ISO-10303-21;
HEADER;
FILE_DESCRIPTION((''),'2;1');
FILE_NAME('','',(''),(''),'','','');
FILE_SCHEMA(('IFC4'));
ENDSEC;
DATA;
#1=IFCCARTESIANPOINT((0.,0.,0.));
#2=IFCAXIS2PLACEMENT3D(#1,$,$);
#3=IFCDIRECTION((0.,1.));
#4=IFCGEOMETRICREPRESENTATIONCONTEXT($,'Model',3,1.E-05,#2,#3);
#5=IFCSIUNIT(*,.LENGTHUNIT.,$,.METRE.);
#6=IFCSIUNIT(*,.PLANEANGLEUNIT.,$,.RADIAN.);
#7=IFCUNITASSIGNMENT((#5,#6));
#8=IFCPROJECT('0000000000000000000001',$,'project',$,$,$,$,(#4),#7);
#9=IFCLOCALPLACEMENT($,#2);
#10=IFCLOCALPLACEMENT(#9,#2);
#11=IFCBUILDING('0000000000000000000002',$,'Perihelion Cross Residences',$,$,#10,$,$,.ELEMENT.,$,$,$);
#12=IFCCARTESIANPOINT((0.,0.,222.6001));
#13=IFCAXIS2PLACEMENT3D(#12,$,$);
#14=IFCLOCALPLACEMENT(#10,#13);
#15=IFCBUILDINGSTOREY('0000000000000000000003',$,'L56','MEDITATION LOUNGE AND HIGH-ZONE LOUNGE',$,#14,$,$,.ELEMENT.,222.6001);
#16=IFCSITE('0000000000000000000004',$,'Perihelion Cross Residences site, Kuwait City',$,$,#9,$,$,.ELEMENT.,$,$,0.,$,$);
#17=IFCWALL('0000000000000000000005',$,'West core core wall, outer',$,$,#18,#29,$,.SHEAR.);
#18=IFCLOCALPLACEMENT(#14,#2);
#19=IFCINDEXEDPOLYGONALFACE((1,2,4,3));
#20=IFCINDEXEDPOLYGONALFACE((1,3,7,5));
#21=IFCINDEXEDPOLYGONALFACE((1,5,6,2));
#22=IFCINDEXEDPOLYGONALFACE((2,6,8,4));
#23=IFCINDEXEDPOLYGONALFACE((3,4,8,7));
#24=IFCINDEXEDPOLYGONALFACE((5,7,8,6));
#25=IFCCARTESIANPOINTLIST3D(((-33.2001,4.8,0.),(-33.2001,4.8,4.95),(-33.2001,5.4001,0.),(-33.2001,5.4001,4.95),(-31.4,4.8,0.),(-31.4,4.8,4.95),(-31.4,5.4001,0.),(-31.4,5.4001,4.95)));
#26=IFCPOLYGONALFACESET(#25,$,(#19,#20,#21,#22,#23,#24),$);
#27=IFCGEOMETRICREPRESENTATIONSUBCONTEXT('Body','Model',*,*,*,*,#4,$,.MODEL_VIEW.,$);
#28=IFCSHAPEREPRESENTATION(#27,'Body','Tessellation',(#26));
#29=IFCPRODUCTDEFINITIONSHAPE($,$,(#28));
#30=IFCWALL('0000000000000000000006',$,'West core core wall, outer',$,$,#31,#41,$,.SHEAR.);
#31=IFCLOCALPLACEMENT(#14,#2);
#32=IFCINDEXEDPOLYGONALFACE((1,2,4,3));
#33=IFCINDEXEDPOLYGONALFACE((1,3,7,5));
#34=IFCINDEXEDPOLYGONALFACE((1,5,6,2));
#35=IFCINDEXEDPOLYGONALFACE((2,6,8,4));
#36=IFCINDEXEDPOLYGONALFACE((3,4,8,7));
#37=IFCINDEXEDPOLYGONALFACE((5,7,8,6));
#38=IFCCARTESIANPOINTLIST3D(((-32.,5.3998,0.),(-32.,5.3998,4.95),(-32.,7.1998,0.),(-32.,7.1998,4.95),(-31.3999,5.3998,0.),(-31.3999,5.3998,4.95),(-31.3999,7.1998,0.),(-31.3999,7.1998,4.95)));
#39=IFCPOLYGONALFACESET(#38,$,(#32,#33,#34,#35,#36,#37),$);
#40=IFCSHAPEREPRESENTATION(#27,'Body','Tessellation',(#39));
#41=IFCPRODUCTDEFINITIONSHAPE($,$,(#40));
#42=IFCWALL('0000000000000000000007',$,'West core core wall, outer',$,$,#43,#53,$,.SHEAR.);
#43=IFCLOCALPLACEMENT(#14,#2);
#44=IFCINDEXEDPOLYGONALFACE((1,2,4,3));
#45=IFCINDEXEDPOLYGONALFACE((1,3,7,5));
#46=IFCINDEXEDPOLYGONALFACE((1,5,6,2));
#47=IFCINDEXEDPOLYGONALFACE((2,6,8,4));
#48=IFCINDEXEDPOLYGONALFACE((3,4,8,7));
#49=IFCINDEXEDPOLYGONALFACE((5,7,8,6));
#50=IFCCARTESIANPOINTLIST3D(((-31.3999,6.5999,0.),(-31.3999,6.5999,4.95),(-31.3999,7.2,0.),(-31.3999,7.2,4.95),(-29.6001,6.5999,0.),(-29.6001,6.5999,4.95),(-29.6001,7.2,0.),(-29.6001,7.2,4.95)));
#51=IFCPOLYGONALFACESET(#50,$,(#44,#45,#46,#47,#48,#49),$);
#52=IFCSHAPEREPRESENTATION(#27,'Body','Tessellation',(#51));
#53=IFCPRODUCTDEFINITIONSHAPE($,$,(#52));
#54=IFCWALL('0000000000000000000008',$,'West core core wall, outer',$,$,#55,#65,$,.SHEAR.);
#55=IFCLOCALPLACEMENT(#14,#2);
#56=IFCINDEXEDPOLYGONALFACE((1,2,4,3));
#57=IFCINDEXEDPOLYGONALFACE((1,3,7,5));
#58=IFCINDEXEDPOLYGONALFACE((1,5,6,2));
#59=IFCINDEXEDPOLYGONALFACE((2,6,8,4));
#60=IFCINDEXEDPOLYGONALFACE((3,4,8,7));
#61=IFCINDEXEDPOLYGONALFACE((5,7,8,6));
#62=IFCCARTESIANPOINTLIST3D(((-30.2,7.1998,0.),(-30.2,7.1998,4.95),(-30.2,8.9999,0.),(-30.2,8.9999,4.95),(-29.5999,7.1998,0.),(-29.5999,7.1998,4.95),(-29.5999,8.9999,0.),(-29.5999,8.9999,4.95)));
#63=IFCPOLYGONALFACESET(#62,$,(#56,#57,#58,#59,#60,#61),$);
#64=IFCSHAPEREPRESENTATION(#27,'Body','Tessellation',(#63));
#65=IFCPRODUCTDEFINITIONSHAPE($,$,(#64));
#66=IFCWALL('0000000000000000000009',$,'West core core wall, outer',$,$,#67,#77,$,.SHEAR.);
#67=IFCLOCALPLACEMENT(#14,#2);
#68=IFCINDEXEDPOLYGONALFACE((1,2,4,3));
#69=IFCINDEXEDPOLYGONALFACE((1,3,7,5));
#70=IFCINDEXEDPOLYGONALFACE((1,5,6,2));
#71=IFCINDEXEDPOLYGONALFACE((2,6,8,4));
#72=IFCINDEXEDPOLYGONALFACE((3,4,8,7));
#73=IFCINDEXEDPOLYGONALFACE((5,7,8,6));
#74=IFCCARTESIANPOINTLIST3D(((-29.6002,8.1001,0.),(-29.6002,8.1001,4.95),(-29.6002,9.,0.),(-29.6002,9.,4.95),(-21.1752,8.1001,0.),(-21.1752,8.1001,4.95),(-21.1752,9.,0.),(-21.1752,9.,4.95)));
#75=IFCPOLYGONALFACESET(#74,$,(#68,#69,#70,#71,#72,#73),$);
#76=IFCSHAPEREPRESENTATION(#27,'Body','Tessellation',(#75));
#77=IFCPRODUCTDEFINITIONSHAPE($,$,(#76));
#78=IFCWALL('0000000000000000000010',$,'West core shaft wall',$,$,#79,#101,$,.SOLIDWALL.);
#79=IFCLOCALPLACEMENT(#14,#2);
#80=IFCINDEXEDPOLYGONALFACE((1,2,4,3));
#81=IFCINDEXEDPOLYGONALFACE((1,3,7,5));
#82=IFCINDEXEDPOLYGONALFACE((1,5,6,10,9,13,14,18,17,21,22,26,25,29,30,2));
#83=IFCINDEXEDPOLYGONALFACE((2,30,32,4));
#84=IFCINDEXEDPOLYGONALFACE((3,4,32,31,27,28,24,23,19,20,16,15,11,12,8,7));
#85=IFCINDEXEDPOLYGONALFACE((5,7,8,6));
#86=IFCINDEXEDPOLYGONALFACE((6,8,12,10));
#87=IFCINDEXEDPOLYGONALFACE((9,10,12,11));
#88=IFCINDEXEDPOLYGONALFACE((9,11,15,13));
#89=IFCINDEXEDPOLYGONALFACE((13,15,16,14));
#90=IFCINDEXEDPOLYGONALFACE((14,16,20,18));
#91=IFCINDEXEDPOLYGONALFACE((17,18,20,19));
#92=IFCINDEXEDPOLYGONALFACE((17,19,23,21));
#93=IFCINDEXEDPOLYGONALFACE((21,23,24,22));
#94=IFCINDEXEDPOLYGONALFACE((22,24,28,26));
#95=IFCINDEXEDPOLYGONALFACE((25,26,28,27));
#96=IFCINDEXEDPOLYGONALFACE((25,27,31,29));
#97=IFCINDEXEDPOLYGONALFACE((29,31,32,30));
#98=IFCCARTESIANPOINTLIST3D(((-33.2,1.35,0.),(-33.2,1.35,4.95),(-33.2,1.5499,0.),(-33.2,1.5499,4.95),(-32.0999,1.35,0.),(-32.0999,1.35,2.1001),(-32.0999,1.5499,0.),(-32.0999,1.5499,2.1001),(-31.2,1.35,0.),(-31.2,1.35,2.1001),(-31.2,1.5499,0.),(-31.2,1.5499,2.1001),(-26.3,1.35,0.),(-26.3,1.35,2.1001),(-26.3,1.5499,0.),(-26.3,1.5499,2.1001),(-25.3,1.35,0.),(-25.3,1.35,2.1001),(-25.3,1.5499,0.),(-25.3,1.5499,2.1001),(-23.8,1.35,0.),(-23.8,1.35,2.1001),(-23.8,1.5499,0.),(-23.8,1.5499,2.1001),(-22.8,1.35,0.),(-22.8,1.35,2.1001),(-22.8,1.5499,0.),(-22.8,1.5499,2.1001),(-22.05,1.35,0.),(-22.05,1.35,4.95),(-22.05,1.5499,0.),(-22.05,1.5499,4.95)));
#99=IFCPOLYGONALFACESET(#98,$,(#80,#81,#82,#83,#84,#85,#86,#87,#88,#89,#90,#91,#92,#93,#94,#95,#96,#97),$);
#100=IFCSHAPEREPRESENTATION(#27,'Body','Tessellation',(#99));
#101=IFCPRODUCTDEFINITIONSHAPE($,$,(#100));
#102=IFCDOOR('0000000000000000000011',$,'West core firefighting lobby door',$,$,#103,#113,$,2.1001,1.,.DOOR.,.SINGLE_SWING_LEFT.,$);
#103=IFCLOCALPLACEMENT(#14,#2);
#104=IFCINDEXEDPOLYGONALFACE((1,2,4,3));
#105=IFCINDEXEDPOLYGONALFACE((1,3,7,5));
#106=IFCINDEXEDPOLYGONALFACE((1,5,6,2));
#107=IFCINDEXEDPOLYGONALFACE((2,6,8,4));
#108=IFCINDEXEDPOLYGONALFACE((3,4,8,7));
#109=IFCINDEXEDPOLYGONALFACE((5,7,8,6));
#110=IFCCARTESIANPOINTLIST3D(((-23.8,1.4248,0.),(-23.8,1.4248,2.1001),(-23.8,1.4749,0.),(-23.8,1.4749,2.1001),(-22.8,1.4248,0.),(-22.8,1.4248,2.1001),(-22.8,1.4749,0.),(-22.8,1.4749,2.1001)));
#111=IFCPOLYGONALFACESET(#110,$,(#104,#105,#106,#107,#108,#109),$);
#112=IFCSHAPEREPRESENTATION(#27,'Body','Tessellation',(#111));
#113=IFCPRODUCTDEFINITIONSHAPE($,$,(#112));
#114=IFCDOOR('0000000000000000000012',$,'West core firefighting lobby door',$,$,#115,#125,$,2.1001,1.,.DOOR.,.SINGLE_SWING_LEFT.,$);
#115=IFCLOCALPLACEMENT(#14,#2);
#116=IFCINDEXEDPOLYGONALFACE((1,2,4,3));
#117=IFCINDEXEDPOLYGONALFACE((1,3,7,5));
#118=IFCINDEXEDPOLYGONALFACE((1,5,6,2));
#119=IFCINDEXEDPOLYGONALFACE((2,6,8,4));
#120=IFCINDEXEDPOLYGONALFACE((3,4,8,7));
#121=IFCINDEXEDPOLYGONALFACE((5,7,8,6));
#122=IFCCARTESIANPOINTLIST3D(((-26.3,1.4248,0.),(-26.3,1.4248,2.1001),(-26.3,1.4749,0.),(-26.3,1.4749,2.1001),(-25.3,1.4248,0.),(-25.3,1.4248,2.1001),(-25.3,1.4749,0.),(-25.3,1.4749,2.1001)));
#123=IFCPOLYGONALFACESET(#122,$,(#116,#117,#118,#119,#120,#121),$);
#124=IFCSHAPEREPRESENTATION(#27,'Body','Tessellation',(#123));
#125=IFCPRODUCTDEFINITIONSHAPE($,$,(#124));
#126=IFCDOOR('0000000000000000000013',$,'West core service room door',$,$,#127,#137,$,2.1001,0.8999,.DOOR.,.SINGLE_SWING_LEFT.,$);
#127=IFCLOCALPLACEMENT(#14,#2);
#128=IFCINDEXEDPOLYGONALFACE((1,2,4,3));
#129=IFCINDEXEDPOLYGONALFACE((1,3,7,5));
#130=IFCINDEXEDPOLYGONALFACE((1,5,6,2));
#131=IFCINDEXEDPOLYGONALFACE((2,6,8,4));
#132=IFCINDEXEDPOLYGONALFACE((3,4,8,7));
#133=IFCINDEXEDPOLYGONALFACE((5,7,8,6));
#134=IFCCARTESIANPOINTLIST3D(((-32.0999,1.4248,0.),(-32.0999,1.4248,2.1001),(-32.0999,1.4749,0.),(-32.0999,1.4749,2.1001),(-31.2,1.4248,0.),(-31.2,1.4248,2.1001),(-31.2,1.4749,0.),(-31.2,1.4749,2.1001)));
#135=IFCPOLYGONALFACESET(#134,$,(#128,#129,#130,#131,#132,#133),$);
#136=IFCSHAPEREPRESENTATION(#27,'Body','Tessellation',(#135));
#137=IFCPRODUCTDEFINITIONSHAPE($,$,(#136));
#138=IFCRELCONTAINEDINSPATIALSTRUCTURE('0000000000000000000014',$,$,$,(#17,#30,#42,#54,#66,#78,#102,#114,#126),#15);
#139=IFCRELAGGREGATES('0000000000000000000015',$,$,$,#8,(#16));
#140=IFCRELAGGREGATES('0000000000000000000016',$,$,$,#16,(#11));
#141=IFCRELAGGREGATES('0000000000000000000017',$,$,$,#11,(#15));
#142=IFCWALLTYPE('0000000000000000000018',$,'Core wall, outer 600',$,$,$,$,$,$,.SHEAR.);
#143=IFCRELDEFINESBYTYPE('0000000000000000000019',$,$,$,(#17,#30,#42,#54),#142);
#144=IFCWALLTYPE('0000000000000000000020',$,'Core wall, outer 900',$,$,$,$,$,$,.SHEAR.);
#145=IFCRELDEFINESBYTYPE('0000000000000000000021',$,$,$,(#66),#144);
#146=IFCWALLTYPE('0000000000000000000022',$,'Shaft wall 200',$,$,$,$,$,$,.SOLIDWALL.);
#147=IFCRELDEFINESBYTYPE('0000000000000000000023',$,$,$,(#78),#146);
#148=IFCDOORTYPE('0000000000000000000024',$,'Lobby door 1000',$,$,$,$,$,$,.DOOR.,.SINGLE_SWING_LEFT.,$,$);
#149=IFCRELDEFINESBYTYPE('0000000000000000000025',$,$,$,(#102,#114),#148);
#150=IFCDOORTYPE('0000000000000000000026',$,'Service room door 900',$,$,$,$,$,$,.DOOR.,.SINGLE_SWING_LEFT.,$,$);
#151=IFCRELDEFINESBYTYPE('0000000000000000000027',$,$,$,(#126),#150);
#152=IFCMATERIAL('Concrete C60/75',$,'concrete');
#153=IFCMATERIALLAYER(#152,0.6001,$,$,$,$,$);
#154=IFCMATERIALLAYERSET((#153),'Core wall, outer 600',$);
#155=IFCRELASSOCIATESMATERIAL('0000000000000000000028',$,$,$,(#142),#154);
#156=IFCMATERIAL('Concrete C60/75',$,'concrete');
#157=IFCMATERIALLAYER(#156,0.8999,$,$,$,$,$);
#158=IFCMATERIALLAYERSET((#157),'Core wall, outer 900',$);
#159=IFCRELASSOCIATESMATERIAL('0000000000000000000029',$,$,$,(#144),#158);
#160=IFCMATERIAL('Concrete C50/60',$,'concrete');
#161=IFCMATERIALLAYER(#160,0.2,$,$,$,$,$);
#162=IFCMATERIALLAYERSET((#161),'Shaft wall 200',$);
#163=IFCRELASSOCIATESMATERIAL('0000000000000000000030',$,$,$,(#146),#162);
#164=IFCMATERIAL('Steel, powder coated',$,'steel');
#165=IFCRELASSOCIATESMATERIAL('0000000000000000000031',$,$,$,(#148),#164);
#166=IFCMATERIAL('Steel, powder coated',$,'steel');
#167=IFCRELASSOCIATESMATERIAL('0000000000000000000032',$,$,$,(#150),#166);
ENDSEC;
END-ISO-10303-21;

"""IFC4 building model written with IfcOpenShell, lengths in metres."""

from ifc_helpers import new_model, si_unit, direction, frame, frame_2d, origin, place, context, subcontext, project, spatial, rectangle, extrude, material, layer, layer_set, type_object, element, fill, save


model = new_model("IFC4")

# Units and contexts
model_context = context("Model", 3, precision=1e-05, world=origin(), true_north=direction((0.0, 1.0)))
body_context = subcontext(model_context, "Body", "Model", "MODEL_VIEW")
ifc_project = project(units=[si_unit("LENGTHUNIT", "METRE"), si_unit("PLANEANGLEUNIT", "RADIAN")], contexts=[model_context])

# Site, building, storey
site_placement = place(None, origin())
site = spatial("IfcSite", under=ifc_project, at=site_placement, Name="Perihelion Cross Residences site, Kuwait City", CompositionType="ELEMENT", RefElevation=0.0)
building_placement = place(site_placement, origin())
building = spatial("IfcBuilding", under=site, at=building_placement, Name="Perihelion Cross Residences", CompositionType="ELEMENT")
storey_placement = place(building_placement, frame((0.0, 0.0, 222.6001)))
storey = spatial("IfcBuildingStorey", under=building, at=storey_placement, Name="L56", Description="MEDITATION LOUNGE AND HIGH-ZONE LOUNGE", CompositionType="ELEMENT", Elevation=222.6001)

# Walls
ifc_material_1 = material(Name="Concrete C60/75", Category="concrete")
ifc_layer_1 = layer(ifc_material_1, 0.6001)
ifc_layer_set_1 = layer_set([ifc_layer_1], Name="Core wall, outer 600")
wall_type_1 = type_object("IfcWallType", Name="Core wall, outer 600", PredefinedType="SHEAR", material=ifc_layer_set_1)
for number, where, z_axis, x_axis, name in (
    (1, (-33.2, 5.1001, 0.0), (0.0, 0.0, 1.0), (1.0, 0.0, 0.0), "West core core wall, outer"),
    (2, (-31.7, 5.3999, 0.0), (0.0, 0.0, 1.0), (0.0, 1.0, 0.0), "West core core wall, outer"),
):
    element("IfcWall", number, at=place(storey_placement, frame(where, z_axis=z_axis, x_axis=x_axis)), inside=storey, type_object=wall_type_1, Name=name, PredefinedType="SHEAR", context=body_context, shape_type="SweptSolid", body=[
        extrude(rectangle(XDim=1.8, YDim=0.6001, at=frame_2d((0.8999, 0.0))), origin(), (0.0, 0.0, 1.0), 4.95),
    ])
wall_1_placement = place(storey_placement, frame((-31.3999, 6.8999, 0.0), z_axis=(0.0, 0.0, 1.0), x_axis=(1.0, 0.0, 0.0)))
element("IfcWall", 3, at=wall_1_placement, inside=storey, type_object=wall_type_1, Name="West core core wall, outer", PredefinedType="SHEAR", context=body_context, shape_type="SweptSolid", body=[
    extrude(rectangle(XDim=1.7998, YDim=0.6001, at=frame_2d((0.8999, 0.0))), origin(), (0.0, 0.0, 1.0), 4.95),
])
wall_2_placement = place(storey_placement, frame((-29.8999, 7.2, 0.0), z_axis=(0.0, 0.0, 1.0), x_axis=(0.0, 1.0, 0.0)))
element("IfcWall", 4, at=wall_2_placement, inside=storey, type_object=wall_type_1, Name="West core core wall, outer", PredefinedType="SHEAR", context=body_context, shape_type="SweptSolid", body=[
    extrude(rectangle(XDim=1.8, YDim=0.6001, at=frame_2d((0.8999, 0.0))), origin(), (0.0, 0.0, 1.0), 4.95),
])
ifc_material_2 = material(Name="Concrete C60/75", Category="concrete")
ifc_layer_2 = layer(ifc_material_2, 0.8999)
ifc_layer_set_2 = layer_set([ifc_layer_2], Name="Core wall, outer 900")
wall_type_2 = type_object("IfcWallType", Name="Core wall, outer 900", PredefinedType="SHEAR", material=ifc_layer_set_2)
wall_3_placement = place(storey_placement, frame((-29.6001, 8.55, 0.0), z_axis=(0.0, 0.0, 1.0), x_axis=(1.0, 0.0, 0.0)))
element("IfcWall", 5, at=wall_3_placement, inside=storey, type_object=wall_type_2, Name="West core core wall, outer", PredefinedType="SHEAR", context=body_context, shape_type="SweptSolid", body=[
    extrude(rectangle(XDim=8.425, YDim=0.8999, at=frame_2d((4.2124, 0.0))), origin(), (0.0, 0.0, 1.0), 4.95),
])

# Wall, openings, doors
ifc_material_3 = material(Name="Concrete C50/60", Category="concrete")
ifc_layer_3 = layer(ifc_material_3, 0.2)
ifc_layer_set_3 = layer_set([ifc_layer_3], Name="Shaft wall 200")
wall_type_3 = type_object("IfcWallType", Name="Shaft wall 200", PredefinedType="SOLIDWALL", material=ifc_layer_set_3)
wall_4_placement = place(storey_placement, frame((-33.2, 1.45, 0.0), z_axis=(0.0, 0.0, 1.0), x_axis=(1.0, 0.0, 0.0)))
wall_4 = element("IfcWall", 6, at=wall_4_placement, inside=storey, type_object=wall_type_3, Name="West core shaft wall", PredefinedType="SOLIDWALL", context=body_context, shape_type="SweptSolid", body=[
    extrude(rectangle(XDim=11.1499, YDim=0.2, at=frame_2d((5.575, 0.0))), origin(), (0.0, 0.0, 1.0), 4.95),
])
opening_1_placement = place(wall_4_placement, frame((9.3999, 0.0, 0.0)))
opening_1 = element("IfcOpeningElement", 7, at=opening_1_placement, cuts=wall_4, PredefinedType="OPENING", context=body_context, shape_type="SweptSolid", body=[
    extrude(rectangle(XDim=1.0, YDim=2.1001, at=frame_2d((0.5, 1.05))), frame((0.0, 0.1099, 0.0), z_axis=(0.0, -1.0, 0.0), x_axis=(1.0, 0.0, 0.0)), (0.0, 0.0, 1.0), 0.22),
])
opening_2_placement = place(wall_4_placement, frame((6.8999, 0.0, 0.0)))
opening_2 = element("IfcOpeningElement", 8, at=opening_2_placement, cuts=wall_4, PredefinedType="OPENING", context=body_context, shape_type="SweptSolid", body=[
    extrude(rectangle(XDim=1.0, YDim=2.1001, at=frame_2d((0.5, 1.05))), frame((0.0, 0.1099, 0.0), z_axis=(0.0, -1.0, 0.0), x_axis=(1.0, 0.0, 0.0)), (0.0, 0.0, 1.0), 0.22),
])
opening_3_placement = place(wall_4_placement, frame((1.1001, 0.0, 0.0)))
opening_3 = element("IfcOpeningElement", 9, at=opening_3_placement, cuts=wall_4, PredefinedType="OPENING", context=body_context, shape_type="SweptSolid", body=[
    extrude(rectangle(XDim=0.8999, YDim=2.1001, at=frame_2d((0.45, 1.05))), frame((0.0, 0.1099, 0.0), z_axis=(0.0, -1.0, 0.0), x_axis=(1.0, 0.0, 0.0)), (0.0, 0.0, 1.0), 0.22),
])
ifc_material_4 = material(Name="Steel, powder coated", Category="steel")
door_type_1 = type_object("IfcDoorType", Name="Lobby door 1000", OperationType="SINGLE_SWING_LEFT", PredefinedType="DOOR", material=ifc_material_4)
door_1_placement = place(opening_1_placement, origin())
door_1 = element("IfcDoor", 10, at=door_1_placement, inside=storey, type_object=door_type_1, Name="West core firefighting lobby door", OperationType="SINGLE_SWING_LEFT", OverallHeight=2.1001, OverallWidth=1.0, PredefinedType="DOOR", context=body_context, shape_type="SweptSolid", body=[
    extrude(rectangle(XDim=1.0, YDim=2.1001, at=frame_2d((0.5, 1.05))), frame((0.0, 0.0249, 0.0), z_axis=(0.0, -1.0, 0.0), x_axis=(1.0, 0.0, 0.0)), (0.0, 0.0, 1.0), 0.05),
])
fill(opening_1, door_1)
door_2_placement = place(opening_2_placement, origin())
door_2 = element("IfcDoor", 11, at=door_2_placement, inside=storey, type_object=door_type_1, Name="West core firefighting lobby door", OperationType="SINGLE_SWING_LEFT", OverallHeight=2.1001, OverallWidth=1.0, PredefinedType="DOOR", context=body_context, shape_type="SweptSolid", body=[
    extrude(rectangle(XDim=1.0, YDim=2.1001, at=frame_2d((0.5, 1.05))), frame((0.0, 0.0249, 0.0), z_axis=(0.0, -1.0, 0.0), x_axis=(1.0, 0.0, 0.0)), (0.0, 0.0, 1.0), 0.05),
])
fill(opening_2, door_2)
ifc_material_5 = material(Name="Steel, powder coated", Category="steel")
door_type_2 = type_object("IfcDoorType", Name="Service room door 900", OperationType="SINGLE_SWING_LEFT", PredefinedType="DOOR", material=ifc_material_5)
door_3_placement = place(opening_3_placement, origin())
door_3 = element("IfcDoor", 12, at=door_3_placement, inside=storey, type_object=door_type_2, Name="West core service room door", OperationType="SINGLE_SWING_LEFT", OverallHeight=2.1001, OverallWidth=0.8999, PredefinedType="DOOR", context=body_context, shape_type="SweptSolid", body=[
    extrude(rectangle(XDim=0.8999, YDim=2.1001, at=frame_2d((0.45, 1.05))), frame((0.0, 0.0249, 0.0), z_axis=(0.0, -1.0, 0.0), x_axis=(1.0, 0.0, 0.0)), (0.0, 0.0, 1.0), 0.05),
])
fill(opening_3, door_3)

save(model, "model.ifc")
